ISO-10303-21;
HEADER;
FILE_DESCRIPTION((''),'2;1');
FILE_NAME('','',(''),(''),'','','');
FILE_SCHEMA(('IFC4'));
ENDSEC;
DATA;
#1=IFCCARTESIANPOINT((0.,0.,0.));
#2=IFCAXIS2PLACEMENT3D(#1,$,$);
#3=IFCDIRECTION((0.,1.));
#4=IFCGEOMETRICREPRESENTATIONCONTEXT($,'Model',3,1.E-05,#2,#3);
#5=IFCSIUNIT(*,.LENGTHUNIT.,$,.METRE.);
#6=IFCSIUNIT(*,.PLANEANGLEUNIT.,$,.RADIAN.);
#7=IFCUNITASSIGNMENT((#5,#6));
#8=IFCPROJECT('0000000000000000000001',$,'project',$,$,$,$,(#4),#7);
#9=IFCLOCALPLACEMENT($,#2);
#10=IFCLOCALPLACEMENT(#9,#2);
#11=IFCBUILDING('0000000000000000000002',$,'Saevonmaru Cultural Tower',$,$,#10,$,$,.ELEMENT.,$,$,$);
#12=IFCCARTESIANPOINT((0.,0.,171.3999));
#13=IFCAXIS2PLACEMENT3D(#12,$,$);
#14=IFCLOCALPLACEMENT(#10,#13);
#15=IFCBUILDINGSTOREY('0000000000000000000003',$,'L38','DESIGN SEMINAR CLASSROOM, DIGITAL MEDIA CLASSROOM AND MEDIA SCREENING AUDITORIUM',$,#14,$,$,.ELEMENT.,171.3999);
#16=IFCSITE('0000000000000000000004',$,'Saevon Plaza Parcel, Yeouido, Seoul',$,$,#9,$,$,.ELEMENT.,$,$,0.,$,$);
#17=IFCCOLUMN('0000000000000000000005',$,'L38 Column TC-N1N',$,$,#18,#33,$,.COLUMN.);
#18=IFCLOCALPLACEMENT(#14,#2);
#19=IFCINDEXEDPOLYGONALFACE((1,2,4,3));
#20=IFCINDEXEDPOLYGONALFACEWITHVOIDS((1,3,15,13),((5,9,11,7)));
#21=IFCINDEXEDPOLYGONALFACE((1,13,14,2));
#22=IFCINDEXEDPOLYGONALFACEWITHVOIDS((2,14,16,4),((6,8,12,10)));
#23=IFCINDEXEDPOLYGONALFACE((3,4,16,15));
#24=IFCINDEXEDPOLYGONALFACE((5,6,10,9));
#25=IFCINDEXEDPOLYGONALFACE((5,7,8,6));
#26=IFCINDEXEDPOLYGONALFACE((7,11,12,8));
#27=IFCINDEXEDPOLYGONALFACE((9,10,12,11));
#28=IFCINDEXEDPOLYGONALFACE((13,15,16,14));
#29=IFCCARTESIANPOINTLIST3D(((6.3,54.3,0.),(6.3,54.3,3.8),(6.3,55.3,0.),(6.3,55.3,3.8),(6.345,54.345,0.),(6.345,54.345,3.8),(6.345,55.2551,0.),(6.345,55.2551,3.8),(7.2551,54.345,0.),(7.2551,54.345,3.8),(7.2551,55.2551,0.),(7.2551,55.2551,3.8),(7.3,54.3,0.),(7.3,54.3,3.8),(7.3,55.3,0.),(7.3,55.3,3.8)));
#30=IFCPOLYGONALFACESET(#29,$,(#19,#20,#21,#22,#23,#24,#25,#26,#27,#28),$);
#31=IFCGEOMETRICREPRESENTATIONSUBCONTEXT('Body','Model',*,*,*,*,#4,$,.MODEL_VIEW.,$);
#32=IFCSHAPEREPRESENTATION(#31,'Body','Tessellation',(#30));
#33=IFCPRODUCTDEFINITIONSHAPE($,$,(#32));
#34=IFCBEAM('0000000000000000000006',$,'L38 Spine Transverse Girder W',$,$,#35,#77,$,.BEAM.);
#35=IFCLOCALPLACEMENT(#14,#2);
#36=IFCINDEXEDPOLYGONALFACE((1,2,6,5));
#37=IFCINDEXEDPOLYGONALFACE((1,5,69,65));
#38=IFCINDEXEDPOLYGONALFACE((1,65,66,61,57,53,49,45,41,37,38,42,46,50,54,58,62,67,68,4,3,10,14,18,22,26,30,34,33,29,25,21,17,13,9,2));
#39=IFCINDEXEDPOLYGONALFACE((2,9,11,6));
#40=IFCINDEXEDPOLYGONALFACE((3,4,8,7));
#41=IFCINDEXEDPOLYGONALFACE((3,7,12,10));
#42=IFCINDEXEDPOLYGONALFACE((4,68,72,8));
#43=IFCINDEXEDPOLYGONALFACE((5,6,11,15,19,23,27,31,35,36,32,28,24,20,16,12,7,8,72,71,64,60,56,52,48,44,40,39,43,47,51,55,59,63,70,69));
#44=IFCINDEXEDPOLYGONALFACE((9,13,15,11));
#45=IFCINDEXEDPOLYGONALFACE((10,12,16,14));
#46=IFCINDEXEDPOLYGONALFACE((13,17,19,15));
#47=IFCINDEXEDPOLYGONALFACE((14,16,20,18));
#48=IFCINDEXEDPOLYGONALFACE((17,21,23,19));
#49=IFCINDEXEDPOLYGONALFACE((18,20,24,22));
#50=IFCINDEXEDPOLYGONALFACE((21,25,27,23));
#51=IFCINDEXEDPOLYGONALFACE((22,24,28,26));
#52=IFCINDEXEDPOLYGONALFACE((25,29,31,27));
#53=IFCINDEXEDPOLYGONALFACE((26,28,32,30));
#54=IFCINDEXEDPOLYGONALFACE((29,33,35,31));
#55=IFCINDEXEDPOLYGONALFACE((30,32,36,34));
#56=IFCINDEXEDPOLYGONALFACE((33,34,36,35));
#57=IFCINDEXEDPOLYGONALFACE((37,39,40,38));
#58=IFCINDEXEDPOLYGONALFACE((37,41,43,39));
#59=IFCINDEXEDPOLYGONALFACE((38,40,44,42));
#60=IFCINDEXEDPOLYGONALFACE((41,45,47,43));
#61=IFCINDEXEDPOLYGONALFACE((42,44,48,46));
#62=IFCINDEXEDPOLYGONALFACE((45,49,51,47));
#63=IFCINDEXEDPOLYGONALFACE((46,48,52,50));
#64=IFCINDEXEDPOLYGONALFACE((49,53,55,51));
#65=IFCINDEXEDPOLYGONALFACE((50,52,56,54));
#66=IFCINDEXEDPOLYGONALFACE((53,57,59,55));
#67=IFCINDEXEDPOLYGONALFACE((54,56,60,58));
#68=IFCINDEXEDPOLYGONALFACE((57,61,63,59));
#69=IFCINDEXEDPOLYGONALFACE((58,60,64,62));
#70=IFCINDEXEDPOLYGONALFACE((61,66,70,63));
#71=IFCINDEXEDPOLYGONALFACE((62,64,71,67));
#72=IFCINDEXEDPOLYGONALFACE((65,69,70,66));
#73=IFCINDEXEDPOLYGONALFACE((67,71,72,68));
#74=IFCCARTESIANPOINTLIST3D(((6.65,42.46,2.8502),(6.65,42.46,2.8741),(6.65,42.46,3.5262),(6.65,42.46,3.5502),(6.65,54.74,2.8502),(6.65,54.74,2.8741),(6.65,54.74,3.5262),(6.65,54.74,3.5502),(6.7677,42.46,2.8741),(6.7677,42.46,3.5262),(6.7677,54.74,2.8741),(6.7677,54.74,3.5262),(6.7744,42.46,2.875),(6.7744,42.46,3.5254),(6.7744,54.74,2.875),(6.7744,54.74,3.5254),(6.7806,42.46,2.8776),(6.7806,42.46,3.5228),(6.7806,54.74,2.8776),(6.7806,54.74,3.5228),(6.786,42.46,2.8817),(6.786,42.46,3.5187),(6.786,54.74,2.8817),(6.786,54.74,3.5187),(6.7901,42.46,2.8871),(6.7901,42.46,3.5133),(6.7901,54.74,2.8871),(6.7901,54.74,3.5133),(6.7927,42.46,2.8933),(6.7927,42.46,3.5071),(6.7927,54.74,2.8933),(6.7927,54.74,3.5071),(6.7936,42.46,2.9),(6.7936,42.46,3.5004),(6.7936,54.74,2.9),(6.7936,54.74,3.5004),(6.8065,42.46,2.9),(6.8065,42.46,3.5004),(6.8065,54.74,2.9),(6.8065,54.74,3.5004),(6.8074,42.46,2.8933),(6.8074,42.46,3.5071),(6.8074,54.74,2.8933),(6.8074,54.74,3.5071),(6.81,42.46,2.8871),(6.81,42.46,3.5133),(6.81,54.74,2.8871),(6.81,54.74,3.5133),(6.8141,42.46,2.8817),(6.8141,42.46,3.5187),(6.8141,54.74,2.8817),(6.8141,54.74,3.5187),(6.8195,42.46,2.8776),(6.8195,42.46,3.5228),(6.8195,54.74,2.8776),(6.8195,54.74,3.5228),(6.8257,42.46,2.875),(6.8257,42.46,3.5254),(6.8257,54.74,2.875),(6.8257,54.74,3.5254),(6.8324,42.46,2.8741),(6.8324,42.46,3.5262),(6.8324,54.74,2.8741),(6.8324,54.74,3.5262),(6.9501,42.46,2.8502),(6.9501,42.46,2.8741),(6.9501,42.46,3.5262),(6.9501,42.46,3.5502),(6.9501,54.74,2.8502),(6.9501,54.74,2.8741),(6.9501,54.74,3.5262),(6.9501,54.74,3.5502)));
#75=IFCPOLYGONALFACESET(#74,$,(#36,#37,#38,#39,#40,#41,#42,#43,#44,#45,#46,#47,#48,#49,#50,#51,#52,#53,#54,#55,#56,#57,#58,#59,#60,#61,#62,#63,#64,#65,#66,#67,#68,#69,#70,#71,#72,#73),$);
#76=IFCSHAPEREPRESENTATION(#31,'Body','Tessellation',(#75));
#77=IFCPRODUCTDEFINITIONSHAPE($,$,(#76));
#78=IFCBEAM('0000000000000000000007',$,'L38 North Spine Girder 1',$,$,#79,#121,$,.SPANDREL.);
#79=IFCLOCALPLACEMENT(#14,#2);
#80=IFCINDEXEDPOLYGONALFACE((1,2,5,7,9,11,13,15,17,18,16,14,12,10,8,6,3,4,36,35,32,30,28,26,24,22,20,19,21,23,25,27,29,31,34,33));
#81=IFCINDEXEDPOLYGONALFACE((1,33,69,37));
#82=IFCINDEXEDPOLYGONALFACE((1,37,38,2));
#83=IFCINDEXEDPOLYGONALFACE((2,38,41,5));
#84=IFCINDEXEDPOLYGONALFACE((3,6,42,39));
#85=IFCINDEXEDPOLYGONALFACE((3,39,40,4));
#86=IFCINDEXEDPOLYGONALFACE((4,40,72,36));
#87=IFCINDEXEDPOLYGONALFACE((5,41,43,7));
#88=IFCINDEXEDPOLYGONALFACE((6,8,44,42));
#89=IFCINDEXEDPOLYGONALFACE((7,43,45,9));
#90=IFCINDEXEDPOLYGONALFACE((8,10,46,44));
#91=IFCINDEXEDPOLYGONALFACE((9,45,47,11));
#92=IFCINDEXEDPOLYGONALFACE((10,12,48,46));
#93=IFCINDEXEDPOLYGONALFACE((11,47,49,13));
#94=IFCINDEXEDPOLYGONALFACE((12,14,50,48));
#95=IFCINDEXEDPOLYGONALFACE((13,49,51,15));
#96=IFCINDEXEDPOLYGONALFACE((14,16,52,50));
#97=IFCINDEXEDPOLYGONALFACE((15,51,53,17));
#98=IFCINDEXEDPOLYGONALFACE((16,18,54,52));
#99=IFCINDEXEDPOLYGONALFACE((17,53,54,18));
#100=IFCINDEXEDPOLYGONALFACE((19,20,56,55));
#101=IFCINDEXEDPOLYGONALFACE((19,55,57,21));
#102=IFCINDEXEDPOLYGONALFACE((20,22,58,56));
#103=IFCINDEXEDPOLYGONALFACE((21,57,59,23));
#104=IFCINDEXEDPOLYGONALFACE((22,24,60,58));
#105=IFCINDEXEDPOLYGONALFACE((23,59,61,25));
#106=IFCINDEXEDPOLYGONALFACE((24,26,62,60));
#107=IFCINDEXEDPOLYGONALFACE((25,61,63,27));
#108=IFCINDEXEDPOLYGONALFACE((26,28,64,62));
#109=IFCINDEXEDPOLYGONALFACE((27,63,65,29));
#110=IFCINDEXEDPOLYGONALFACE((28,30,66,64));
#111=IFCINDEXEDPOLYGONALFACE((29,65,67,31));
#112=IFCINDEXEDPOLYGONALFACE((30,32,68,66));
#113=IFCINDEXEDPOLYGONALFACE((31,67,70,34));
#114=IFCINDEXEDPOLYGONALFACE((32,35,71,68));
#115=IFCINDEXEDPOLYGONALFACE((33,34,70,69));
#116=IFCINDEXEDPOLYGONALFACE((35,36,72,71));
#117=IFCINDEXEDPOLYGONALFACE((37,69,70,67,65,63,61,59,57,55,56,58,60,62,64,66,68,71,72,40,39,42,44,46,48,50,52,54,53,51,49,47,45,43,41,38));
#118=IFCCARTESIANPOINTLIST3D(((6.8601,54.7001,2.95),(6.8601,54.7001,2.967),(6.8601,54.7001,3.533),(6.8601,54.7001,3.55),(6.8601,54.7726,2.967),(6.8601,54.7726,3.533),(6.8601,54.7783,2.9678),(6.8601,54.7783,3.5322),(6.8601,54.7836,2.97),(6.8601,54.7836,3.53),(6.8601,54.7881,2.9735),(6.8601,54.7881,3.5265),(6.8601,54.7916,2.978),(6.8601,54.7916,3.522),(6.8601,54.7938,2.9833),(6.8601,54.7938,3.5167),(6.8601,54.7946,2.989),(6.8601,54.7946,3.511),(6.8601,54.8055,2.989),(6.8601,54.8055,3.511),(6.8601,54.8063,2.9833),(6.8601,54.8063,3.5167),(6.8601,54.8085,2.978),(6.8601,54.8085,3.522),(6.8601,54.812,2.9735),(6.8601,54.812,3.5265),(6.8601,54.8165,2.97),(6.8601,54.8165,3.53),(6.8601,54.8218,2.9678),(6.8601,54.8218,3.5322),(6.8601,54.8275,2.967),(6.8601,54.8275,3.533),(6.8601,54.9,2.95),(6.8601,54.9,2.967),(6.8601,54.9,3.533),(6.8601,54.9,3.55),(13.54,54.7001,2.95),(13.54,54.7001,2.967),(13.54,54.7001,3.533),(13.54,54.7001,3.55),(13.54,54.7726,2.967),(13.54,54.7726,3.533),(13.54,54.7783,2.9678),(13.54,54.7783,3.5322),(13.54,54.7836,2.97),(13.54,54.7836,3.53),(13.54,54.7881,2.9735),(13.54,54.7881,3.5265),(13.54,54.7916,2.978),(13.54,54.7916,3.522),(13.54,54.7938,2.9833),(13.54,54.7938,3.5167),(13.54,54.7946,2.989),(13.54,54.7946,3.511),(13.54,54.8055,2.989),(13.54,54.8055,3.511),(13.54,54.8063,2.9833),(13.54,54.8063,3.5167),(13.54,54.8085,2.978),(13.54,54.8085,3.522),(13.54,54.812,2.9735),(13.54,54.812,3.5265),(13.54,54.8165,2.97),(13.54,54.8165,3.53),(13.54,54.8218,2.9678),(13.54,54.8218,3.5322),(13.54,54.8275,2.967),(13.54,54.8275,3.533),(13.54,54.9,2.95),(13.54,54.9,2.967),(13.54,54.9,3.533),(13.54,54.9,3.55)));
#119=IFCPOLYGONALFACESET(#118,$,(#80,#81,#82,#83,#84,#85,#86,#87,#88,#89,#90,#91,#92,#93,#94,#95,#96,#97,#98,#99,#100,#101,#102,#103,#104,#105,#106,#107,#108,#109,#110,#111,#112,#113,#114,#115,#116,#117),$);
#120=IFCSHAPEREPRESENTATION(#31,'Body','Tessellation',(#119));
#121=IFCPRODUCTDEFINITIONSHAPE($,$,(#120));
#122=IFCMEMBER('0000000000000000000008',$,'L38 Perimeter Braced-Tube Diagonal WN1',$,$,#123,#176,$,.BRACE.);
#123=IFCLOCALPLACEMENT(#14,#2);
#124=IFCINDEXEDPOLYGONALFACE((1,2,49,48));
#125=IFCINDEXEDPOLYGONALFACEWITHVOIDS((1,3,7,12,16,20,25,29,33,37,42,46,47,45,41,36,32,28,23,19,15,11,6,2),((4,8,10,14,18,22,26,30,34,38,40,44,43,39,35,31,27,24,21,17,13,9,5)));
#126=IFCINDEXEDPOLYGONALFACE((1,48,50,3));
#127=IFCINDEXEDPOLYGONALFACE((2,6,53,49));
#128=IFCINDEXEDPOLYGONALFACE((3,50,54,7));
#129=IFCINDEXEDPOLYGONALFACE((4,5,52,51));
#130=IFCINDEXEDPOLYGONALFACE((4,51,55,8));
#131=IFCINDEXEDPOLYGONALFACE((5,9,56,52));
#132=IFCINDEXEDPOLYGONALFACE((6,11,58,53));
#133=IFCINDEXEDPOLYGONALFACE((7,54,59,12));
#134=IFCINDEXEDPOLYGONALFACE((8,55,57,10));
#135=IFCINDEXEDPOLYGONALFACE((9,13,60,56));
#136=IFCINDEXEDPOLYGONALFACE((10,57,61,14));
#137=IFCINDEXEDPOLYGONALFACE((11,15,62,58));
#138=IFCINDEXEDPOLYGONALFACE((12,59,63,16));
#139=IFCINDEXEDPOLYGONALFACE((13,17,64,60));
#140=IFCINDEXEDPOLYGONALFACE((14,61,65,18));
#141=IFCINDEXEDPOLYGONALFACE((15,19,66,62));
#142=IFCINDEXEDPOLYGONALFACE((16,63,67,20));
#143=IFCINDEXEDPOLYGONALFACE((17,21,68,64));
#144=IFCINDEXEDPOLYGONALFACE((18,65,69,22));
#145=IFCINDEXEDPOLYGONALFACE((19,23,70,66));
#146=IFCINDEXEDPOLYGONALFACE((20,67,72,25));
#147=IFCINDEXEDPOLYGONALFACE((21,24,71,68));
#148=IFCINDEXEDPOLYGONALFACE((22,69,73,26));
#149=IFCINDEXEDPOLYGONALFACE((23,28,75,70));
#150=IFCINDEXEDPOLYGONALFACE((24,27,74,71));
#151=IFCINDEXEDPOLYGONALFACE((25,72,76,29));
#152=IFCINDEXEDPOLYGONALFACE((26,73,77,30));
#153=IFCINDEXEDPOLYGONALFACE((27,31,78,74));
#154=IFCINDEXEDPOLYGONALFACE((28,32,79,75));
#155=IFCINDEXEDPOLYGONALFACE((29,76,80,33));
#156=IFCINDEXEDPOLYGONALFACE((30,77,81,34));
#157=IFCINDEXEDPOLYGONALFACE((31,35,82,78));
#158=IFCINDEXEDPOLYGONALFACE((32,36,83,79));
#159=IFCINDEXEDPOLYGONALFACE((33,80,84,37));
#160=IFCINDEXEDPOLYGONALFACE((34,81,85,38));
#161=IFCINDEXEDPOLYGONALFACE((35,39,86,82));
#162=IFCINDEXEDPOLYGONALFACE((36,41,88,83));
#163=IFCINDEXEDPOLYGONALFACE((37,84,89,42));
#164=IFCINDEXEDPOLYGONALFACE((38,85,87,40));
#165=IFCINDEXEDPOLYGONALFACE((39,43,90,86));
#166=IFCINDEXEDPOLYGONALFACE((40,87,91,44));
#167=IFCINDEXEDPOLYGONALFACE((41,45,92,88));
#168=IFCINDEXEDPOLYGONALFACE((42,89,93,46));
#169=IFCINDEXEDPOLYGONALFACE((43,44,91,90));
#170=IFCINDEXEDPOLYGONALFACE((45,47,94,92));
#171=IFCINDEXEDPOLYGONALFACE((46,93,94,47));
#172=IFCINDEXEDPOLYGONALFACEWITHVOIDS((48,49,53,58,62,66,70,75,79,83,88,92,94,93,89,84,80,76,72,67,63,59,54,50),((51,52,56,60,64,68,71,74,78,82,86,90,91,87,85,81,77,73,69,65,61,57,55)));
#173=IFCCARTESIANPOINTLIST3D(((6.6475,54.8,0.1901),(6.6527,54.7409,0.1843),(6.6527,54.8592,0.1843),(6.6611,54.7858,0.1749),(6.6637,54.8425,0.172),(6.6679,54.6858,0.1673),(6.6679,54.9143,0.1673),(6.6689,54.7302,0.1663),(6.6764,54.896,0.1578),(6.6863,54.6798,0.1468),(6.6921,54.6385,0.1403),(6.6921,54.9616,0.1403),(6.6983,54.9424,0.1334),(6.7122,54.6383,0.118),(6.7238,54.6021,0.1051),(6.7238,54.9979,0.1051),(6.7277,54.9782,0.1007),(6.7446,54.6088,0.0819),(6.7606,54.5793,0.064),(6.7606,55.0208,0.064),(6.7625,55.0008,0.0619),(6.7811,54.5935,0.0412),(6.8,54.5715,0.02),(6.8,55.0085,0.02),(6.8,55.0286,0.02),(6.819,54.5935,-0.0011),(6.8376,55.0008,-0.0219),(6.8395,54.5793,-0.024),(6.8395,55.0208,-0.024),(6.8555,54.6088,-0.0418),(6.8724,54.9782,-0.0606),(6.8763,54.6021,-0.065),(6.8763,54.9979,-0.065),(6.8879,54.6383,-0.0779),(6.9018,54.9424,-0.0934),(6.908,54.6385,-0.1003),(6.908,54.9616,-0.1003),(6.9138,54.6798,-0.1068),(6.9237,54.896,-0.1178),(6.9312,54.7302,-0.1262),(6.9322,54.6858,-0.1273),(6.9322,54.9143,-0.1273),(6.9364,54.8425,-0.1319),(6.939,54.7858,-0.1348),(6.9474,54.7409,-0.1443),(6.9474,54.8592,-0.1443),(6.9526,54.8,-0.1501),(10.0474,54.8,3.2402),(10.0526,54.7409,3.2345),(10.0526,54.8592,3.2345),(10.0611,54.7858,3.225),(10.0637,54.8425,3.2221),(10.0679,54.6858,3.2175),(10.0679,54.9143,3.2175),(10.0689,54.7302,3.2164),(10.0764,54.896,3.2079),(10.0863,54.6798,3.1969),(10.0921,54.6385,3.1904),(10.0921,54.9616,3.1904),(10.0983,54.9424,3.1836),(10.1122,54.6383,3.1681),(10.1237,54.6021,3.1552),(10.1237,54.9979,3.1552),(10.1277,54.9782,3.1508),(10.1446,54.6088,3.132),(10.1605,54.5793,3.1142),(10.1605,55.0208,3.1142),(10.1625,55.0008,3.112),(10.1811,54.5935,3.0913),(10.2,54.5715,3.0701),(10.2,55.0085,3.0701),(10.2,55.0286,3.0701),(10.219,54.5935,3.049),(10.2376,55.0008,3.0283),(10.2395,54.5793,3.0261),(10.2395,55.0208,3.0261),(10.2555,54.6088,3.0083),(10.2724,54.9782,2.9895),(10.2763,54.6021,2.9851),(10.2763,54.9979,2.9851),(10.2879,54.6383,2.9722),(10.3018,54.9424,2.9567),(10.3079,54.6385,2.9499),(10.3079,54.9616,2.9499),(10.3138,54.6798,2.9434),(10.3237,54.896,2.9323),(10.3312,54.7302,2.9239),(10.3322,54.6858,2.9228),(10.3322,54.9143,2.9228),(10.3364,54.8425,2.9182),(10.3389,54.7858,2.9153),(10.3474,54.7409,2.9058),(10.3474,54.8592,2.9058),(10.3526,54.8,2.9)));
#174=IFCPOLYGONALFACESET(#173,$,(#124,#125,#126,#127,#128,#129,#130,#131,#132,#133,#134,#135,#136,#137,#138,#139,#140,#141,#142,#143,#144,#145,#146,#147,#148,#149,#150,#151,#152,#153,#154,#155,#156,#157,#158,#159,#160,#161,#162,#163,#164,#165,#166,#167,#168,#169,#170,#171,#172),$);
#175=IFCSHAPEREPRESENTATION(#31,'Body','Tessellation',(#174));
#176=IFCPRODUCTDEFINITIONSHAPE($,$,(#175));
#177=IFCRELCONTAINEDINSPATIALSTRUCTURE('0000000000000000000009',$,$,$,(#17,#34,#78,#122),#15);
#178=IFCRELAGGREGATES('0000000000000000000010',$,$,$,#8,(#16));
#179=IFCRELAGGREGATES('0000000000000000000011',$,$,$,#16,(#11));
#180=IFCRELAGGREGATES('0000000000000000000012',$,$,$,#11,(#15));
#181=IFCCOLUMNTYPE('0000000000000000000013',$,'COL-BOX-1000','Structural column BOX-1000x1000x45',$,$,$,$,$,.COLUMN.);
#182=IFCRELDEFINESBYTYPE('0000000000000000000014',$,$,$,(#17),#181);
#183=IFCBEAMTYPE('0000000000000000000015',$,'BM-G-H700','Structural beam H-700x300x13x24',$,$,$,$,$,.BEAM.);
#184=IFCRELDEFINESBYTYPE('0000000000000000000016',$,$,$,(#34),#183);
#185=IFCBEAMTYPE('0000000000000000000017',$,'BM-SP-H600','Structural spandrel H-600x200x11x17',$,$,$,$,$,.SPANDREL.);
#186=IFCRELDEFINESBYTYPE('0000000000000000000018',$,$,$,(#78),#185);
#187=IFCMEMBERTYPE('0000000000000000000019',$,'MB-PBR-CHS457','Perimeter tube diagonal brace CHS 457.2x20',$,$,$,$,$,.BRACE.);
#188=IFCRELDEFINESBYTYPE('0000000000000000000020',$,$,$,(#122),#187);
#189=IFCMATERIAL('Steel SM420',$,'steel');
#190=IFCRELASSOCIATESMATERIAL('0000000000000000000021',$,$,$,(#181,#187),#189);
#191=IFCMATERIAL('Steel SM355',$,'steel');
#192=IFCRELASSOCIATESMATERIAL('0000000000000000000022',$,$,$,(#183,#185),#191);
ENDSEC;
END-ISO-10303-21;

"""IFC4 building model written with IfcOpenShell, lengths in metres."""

from ifc_helpers import new_model, si_unit, direction, frame, origin, origin_2d, place, context, subcontext, project, spatial, hollow_rectangle, hollow_circle, i_section, extrude, material, material_profile, profile_set, type_object, element, save


model = new_model("IFC4")

# Units and contexts
model_context = context("Model", 3, precision=1e-05, world=origin(), true_north=direction((0.0, 1.0)))
body_context = subcontext(model_context, "Body", "Model", "MODEL_VIEW")
ifc_project = project(units=[si_unit("LENGTHUNIT", "METRE"), si_unit("PLANEANGLEUNIT", "RADIAN")], contexts=[model_context])

# Site, building, storey
site_placement = place(None, origin())
site = spatial("IfcSite", under=ifc_project, at=site_placement, Name="Saevon Plaza Parcel, Yeouido, Seoul", CompositionType="ELEMENT", RefElevation=0.0)
building_placement = place(site_placement, origin())
building = spatial("IfcBuilding", under=site, at=building_placement, Name="Saevonmaru Cultural Tower", CompositionType="ELEMENT")
storey_placement = place(building_placement, frame((0.0, 0.0, 171.3999)))
storey = spatial("IfcBuildingStorey", under=building, at=storey_placement, Name="L38", Description="DESIGN SEMINAR CLASSROOM, DIGITAL MEDIA CLASSROOM AND MEDIA SCREENING AUDITORIUM", CompositionType="ELEMENT", Elevation=171.3999)

# Column
ifc_material_1 = material(Name="Steel SM420", Category="steel")
ifc_material_profile_1 = material_profile(ifc_material_1, hollow_rectangle(XDim=1.0, YDim=1.0, WallThickness=0.0449, at=origin_2d()), Name="BOX-1000x1000x45")
ifc_profile_set_1 = profile_set([ifc_material_profile_1], Name="Steel SM420")
column_type = type_object("IfcColumnType", Name="COL-BOX-1000", Description="Structural column BOX-1000x1000x45", PredefinedType="COLUMN", material=ifc_profile_set_1)
column_placement = place(storey_placement, frame((6.8, 54.8, 0.0), z_axis=(0.0, 0.0, 1.0), x_axis=(1.0, 0.0, 0.0)))
element("IfcColumn", 1, at=column_placement, inside=storey, type_object=column_type, Name="L38 Column TC-N1N", PredefinedType="COLUMN", context=body_context, shape_type="SweptSolid", body=[
    extrude(hollow_rectangle(XDim=1.0, YDim=1.0, WallThickness=0.0449, at=origin_2d()), origin(), (0.0, 0.0, 1.0), 3.8),
])

# Beams
ifc_material_2 = material(Name="Steel SM355", Category="steel")
ifc_material_profile_2 = material_profile(ifc_material_2, i_section(OverallWidth=0.3, OverallDepth=0.7, WebThickness=0.0129, FlangeThickness=0.0239, FilletRadius=0.0259, at=origin_2d()), Name="H-700x300x13x24")
ifc_profile_set_2 = profile_set([ifc_material_profile_2], Name="Steel SM355")
beam_type_1 = type_object("IfcBeamType", Name="BM-G-H700", Description="Structural beam H-700x300x13x24", PredefinedType="BEAM", material=ifc_profile_set_2)
beam_1_placement = place(storey_placement, frame((6.8, 54.74, 3.2002), z_axis=(0.0, -1.0, 0.0), x_axis=(1.0, 0.0, 0.0)))
element("IfcBeam", 2, at=beam_1_placement, inside=storey, type_object=beam_type_1, Name="L38 Spine Transverse Girder W", PredefinedType="BEAM", context=body_context, shape_type="SweptSolid", body=[
    extrude(i_section(OverallWidth=0.3, OverallDepth=0.7, WebThickness=0.0129, FlangeThickness=0.0239, FilletRadius=0.0259, at=origin_2d()), origin(), (0.0, 0.0, 1.0), 12.28),
])
ifc_material_profile_3 = material_profile(ifc_material_2, i_section(OverallWidth=0.2, OverallDepth=0.6001, WebThickness=0.011, FlangeThickness=0.0171, FilletRadius=0.022, at=origin_2d()), Name="H-600x200x11x17")
ifc_profile_set_3 = profile_set([ifc_material_profile_3], Name="Steel SM355")
beam_type_2 = type_object("IfcBeamType", Name="BM-SP-H600", Description="Structural spandrel H-600x200x11x17", PredefinedType="SPANDREL", material=ifc_profile_set_3)
beam_2_placement = place(storey_placement, frame((6.8601, 54.8, 3.25), z_axis=(1.0, 0.0, 0.0), x_axis=(0.0, 1.0, 0.0)))
element("IfcBeam", 3, at=beam_2_placement, inside=storey, type_object=beam_type_2, Name="L38 North Spine Girder 1", PredefinedType="SPANDREL", context=body_context, shape_type="SweptSolid", body=[
    extrude(i_section(OverallWidth=0.2, OverallDepth=0.6001, WebThickness=0.011, FlangeThickness=0.0171, FilletRadius=0.022, at=origin_2d()), origin(), (0.0, 0.0, 1.0), 6.6799),
])

# Member
ifc_material_profile_4 = material_profile(ifc_material_1, hollow_circle(Radius=0.2285, WallThickness=0.02, at=origin_2d()), Name="CHS-457.2x20")
ifc_profile_set_4 = profile_set([ifc_material_profile_4], Name="Steel SM420")
member_type_1 = type_object("IfcMemberType", Name="MB-PBR-CHS457", Description="Perimeter tube diagonal brace CHS 457.2x20", PredefinedType="BRACE", material=ifc_profile_set_4)
member_1_placement = place(storey_placement, frame((6.8, 54.8, 0.02), z_axis=(0.744367, 0.0, 0.667771), x_axis=(0.0, 1.0, 0.0)))
element("IfcMember", 4, at=member_1_placement, inside=storey, type_object=member_type_1, Name="L38 Perimeter Braced-Tube Diagonal WN1", PredefinedType="BRACE", context=body_context, shape_type="SweptSolid", body=[
    extrude(hollow_circle(Radius=0.2285, WallThickness=0.02, at=origin_2d()), origin(), (0.0, 0.0, 1.0), 4.5676),
])

save(model, "model.ifc")
